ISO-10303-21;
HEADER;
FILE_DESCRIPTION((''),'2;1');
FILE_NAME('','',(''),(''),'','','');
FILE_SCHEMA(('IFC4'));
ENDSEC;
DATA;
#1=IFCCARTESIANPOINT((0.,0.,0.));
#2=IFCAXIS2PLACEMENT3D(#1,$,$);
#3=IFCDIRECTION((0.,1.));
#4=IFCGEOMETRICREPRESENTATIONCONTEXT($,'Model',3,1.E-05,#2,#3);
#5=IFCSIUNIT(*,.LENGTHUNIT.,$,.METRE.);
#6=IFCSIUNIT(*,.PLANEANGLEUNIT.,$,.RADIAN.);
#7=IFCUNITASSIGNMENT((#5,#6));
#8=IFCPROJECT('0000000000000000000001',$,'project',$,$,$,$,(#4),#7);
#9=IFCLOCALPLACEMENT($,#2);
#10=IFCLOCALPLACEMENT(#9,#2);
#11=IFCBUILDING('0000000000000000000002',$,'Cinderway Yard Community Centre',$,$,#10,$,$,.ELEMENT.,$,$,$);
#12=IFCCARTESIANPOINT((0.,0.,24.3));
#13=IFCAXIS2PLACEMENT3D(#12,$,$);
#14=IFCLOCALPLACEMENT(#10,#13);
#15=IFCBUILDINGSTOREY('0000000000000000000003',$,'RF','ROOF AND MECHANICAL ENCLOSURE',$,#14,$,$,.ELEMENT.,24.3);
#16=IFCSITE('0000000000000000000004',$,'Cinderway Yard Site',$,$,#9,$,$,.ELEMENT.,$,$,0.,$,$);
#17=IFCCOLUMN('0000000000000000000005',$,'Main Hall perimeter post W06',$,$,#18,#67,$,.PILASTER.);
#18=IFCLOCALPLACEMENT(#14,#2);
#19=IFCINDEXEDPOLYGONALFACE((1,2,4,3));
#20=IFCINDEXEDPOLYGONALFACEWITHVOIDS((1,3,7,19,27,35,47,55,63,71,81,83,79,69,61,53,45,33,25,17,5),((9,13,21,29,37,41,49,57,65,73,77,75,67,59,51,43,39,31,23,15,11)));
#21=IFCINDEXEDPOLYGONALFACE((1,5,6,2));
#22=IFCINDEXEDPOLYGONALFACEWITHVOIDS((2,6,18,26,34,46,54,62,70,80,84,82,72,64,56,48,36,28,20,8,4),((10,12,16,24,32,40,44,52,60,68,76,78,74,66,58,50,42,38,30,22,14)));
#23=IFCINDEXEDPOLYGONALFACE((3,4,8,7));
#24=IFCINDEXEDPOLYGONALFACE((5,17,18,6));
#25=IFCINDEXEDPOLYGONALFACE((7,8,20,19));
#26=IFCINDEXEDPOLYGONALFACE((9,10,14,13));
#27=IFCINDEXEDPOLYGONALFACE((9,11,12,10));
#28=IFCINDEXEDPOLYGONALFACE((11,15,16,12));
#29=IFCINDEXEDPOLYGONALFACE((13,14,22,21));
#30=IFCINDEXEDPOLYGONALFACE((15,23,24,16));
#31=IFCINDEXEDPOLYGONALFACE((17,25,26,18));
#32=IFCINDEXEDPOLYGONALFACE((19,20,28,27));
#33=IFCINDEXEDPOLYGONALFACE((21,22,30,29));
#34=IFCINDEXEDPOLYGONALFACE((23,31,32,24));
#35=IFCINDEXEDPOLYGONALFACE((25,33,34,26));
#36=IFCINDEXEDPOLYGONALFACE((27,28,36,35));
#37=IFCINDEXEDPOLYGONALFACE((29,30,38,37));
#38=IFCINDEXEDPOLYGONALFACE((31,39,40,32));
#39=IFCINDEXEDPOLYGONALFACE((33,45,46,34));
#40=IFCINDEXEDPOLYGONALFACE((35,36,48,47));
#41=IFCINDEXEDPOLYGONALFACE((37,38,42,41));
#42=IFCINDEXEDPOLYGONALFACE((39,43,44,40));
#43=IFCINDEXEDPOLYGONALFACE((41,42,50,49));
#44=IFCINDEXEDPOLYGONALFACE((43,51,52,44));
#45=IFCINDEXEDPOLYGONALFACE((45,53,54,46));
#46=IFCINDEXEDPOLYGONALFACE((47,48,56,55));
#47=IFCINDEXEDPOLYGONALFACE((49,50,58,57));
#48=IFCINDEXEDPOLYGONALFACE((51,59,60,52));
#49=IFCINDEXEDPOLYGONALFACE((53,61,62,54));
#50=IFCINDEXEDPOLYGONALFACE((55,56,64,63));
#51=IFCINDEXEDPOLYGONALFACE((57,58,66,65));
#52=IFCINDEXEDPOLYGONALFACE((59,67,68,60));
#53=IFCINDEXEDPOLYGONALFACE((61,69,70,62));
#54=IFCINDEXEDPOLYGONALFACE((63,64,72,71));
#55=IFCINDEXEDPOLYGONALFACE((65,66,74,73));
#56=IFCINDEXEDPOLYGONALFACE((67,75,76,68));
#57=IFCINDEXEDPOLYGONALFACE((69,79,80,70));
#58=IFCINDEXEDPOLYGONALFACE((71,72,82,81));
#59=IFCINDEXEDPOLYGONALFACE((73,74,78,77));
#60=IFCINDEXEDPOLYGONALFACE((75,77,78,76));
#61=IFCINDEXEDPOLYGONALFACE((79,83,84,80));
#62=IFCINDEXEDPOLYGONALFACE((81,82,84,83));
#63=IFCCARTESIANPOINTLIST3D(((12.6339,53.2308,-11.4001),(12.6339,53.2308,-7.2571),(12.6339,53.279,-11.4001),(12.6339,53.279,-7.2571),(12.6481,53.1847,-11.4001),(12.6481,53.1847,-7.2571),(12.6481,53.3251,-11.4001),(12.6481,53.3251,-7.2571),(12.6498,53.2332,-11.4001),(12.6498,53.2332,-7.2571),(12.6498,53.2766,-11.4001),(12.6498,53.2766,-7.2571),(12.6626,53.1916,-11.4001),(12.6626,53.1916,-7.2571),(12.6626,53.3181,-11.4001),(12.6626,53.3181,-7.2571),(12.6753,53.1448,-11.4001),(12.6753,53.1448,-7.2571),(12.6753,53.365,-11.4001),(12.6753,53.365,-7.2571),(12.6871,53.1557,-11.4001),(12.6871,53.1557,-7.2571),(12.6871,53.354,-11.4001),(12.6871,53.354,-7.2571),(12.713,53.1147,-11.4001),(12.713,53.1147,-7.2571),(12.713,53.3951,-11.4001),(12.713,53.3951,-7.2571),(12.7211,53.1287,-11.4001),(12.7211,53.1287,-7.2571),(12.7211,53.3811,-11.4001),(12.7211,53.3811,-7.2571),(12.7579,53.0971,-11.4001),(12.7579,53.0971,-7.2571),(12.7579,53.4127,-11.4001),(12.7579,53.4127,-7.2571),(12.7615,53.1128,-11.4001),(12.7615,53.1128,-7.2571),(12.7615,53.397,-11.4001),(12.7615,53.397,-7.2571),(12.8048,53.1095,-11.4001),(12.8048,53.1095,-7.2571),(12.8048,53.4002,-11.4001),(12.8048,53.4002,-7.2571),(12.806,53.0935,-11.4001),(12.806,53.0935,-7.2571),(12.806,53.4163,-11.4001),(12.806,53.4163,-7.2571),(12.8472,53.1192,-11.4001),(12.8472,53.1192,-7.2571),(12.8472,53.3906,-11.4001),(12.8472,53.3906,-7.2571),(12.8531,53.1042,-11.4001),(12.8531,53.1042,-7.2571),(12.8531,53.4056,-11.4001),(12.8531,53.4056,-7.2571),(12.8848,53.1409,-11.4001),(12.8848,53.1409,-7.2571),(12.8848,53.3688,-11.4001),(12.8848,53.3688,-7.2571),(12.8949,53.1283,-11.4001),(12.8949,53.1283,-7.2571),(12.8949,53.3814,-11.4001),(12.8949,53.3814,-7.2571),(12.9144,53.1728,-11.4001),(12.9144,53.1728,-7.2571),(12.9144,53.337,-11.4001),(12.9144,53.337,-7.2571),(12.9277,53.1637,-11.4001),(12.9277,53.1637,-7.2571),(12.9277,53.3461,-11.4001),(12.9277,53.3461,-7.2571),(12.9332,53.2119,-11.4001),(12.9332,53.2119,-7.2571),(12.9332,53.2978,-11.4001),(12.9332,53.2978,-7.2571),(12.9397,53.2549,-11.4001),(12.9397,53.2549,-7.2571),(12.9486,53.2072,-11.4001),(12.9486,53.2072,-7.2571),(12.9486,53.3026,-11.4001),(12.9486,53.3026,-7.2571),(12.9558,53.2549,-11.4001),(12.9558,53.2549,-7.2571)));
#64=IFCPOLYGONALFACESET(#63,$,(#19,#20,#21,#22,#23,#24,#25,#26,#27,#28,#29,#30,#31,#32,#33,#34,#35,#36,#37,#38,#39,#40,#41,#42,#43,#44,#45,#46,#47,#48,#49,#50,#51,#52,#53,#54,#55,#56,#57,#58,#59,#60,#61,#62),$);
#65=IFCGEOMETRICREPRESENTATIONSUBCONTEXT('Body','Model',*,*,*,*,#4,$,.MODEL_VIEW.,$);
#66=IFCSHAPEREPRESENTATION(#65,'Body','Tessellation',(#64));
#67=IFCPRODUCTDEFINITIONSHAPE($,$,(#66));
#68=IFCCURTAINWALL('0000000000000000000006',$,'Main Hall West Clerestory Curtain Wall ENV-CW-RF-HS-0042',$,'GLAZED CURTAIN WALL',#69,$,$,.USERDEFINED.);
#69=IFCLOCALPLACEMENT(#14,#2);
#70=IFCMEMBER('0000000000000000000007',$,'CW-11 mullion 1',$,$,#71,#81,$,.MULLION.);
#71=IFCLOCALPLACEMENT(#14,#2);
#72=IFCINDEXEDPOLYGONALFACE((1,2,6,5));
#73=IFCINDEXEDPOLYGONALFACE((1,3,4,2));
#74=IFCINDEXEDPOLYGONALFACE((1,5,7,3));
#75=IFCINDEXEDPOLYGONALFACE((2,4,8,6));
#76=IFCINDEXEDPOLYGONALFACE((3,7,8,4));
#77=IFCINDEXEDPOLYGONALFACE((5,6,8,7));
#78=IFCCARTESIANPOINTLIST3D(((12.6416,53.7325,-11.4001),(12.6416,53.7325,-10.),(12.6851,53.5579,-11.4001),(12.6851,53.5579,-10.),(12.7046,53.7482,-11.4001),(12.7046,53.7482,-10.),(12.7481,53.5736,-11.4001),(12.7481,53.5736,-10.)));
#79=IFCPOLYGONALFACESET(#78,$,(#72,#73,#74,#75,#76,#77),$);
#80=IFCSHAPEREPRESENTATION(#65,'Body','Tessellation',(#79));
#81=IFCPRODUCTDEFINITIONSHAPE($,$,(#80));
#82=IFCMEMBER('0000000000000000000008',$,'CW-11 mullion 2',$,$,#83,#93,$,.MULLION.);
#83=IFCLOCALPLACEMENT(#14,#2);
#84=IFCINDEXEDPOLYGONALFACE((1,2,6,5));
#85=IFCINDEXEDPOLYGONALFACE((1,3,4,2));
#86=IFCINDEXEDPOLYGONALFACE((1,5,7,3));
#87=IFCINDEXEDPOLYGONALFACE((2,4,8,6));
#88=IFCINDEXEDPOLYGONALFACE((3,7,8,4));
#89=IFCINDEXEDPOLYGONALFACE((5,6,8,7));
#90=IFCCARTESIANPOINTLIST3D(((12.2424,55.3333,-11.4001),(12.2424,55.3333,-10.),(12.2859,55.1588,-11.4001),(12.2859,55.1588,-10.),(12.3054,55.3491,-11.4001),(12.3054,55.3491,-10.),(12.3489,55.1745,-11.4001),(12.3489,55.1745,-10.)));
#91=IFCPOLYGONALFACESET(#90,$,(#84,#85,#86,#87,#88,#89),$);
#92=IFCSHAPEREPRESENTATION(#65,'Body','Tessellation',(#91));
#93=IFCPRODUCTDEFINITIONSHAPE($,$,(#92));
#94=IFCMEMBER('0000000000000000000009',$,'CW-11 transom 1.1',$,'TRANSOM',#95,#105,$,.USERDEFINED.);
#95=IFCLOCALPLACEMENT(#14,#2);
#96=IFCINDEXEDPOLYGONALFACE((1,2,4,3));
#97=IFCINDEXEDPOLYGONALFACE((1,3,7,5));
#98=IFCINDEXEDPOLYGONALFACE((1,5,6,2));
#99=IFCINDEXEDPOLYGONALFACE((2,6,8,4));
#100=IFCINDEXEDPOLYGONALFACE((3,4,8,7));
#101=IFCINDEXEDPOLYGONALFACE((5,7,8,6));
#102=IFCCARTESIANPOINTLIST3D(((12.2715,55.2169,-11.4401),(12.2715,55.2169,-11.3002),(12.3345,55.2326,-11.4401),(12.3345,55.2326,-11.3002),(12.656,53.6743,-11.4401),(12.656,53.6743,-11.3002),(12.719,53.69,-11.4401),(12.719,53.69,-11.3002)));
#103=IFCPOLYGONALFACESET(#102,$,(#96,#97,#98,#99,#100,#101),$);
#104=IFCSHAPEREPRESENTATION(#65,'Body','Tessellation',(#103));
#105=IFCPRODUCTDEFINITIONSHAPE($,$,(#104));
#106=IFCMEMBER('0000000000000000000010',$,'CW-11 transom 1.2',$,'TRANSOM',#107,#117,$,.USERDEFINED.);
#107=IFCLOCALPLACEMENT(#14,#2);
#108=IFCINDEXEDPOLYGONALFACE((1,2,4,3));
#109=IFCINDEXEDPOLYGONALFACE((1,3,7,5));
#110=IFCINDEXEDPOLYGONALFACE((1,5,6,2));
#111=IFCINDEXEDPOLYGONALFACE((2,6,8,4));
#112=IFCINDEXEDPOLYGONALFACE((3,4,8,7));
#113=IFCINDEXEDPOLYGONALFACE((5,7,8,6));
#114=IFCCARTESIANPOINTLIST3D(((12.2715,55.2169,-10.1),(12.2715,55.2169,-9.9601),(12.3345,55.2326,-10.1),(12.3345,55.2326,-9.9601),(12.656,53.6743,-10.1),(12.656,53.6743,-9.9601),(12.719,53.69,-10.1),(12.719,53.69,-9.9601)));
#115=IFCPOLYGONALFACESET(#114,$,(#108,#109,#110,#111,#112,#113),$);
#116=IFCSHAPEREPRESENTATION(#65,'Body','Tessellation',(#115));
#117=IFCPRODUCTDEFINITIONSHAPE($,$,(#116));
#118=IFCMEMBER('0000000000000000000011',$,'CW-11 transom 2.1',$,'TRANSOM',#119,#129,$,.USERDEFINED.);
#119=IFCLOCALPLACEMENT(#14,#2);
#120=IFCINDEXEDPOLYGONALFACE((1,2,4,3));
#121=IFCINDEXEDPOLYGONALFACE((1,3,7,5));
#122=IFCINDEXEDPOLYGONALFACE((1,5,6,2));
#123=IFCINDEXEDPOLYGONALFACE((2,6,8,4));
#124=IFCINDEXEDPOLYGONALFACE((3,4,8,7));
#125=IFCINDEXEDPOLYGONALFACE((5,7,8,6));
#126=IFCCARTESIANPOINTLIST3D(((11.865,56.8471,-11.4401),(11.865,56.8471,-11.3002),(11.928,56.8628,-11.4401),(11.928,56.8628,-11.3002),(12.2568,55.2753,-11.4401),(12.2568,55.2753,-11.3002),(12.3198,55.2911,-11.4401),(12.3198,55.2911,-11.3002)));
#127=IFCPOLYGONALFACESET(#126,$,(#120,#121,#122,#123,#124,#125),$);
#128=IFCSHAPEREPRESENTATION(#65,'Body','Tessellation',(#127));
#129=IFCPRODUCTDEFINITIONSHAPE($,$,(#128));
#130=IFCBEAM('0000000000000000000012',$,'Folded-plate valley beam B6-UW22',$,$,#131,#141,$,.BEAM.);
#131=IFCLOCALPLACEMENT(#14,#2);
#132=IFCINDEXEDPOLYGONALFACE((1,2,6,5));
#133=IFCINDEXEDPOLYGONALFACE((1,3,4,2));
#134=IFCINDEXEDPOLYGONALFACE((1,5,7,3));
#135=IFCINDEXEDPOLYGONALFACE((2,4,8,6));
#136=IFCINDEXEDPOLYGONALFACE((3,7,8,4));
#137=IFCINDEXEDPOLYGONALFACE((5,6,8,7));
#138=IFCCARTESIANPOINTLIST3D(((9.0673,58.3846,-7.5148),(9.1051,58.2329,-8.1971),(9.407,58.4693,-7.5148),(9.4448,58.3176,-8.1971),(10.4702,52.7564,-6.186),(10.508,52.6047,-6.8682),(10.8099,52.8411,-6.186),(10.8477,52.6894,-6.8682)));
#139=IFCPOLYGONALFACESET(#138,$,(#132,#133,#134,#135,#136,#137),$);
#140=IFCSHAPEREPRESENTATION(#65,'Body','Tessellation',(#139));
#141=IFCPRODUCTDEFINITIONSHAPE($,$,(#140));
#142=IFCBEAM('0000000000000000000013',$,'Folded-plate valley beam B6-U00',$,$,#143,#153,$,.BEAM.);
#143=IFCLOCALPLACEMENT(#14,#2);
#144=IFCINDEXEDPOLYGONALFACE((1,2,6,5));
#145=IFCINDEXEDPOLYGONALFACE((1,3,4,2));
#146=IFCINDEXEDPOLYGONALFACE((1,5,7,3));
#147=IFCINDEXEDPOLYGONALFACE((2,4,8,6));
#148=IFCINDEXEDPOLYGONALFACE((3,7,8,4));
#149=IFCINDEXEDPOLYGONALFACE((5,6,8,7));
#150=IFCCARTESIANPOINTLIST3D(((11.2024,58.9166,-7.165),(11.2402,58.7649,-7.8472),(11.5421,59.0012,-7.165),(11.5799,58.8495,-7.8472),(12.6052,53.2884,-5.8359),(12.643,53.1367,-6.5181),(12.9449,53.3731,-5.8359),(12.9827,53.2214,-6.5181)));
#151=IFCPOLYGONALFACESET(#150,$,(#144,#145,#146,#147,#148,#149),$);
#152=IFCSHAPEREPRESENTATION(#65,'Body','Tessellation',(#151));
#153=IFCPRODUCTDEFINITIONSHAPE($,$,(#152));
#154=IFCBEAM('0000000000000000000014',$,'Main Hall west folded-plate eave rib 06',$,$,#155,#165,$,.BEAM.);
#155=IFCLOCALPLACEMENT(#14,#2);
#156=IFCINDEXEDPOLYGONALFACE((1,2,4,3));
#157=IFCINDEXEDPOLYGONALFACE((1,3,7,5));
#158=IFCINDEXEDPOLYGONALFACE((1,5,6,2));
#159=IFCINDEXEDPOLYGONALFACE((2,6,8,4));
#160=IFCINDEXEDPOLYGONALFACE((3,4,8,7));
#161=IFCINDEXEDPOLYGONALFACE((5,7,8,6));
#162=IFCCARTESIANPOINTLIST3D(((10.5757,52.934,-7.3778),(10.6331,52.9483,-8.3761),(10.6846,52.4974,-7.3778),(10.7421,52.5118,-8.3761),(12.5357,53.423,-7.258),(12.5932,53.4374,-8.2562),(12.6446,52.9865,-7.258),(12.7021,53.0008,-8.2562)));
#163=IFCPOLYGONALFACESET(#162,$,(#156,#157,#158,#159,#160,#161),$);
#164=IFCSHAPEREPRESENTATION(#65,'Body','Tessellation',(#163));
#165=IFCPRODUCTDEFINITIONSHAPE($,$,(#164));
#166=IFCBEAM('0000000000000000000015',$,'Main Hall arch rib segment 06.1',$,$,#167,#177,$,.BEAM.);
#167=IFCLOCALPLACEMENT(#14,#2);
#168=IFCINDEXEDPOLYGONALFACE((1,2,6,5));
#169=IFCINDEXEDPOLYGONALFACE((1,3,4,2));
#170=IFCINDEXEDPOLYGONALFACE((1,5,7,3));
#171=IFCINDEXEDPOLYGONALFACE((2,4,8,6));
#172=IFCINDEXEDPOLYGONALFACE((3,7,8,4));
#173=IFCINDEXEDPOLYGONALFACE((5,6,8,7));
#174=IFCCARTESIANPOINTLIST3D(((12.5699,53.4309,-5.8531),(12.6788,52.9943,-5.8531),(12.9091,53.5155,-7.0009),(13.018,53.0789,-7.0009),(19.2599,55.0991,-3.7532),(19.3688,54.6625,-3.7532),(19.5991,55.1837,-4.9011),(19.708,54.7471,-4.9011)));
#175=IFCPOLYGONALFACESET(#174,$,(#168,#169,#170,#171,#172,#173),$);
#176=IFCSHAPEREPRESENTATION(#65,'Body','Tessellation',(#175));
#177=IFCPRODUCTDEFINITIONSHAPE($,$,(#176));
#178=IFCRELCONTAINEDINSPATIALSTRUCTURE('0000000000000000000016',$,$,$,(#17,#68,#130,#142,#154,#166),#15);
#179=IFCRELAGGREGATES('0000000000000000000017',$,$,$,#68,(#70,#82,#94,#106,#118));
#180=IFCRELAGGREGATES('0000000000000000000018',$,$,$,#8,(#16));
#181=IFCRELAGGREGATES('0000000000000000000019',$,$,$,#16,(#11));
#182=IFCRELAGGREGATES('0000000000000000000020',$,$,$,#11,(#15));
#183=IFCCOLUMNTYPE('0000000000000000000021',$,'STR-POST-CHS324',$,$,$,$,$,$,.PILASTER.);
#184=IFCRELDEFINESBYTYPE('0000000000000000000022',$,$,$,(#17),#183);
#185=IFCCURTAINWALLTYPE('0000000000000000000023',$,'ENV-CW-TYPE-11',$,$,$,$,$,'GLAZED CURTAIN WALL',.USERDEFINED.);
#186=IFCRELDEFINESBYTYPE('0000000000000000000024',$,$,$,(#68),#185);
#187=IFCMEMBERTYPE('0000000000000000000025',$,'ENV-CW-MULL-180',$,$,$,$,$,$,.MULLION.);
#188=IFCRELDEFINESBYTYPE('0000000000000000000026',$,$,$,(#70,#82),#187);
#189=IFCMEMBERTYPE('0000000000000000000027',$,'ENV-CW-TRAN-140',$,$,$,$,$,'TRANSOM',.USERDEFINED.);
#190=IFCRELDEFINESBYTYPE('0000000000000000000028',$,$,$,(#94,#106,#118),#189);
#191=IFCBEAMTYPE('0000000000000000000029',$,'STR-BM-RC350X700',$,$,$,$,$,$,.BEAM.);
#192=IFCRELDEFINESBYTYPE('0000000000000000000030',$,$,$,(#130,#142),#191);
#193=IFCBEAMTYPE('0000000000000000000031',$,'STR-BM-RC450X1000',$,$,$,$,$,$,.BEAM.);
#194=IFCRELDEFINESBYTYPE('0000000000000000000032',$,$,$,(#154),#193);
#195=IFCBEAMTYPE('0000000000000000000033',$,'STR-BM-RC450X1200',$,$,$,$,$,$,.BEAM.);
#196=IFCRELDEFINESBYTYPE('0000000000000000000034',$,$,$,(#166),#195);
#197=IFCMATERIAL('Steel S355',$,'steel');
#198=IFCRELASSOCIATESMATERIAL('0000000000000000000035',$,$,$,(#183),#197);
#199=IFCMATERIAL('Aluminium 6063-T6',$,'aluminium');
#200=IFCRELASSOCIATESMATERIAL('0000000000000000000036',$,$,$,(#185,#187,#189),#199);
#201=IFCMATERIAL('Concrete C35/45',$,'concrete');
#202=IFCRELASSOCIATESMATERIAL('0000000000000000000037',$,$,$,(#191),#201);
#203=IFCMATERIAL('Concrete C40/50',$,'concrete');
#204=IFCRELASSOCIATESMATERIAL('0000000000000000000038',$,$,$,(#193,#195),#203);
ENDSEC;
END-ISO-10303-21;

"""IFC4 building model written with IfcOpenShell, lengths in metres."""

from ifc_helpers import new_model, si_unit, direction, frame, origin, origin_2d, place, context, subcontext, project, spatial, rectangle, hollow_circle, extrude, material, material_profile, profile_set, type_object, element, aggregate, save


model = new_model("IFC4")

# Units and contexts
model_context = context("Model", 3, precision=1e-05, world=origin(), true_north=direction((0.0, 1.0)))
body_context = subcontext(model_context, "Body", "Model", "MODEL_VIEW")
ifc_project = project(units=[si_unit("LENGTHUNIT", "METRE"), si_unit("PLANEANGLEUNIT", "RADIAN")], contexts=[model_context])

# Site, building, storey
site_placement = place(None, origin())
site = spatial("IfcSite", under=ifc_project, at=site_placement, Name="Cinderway Yard Site", CompositionType="ELEMENT", RefElevation=0.0)
building_placement = place(site_placement, origin())
building = spatial("IfcBuilding", under=site, at=building_placement, Name="Cinderway Yard Community Centre", CompositionType="ELEMENT")
storey_placement = place(building_placement, frame((0.0, 0.0, 24.3)))
storey = spatial("IfcBuildingStorey", under=building, at=storey_placement, Name="RF", Description="ROOF AND MECHANICAL ENCLOSURE", CompositionType="ELEMENT", Elevation=24.3)

# Column
ifc_material_1 = material(Name="Steel S355", Category="steel")
ifc_material_profile_1 = material_profile(ifc_material_1, hollow_circle(Radius=0.1619, WallThickness=0.0161, at=origin_2d()), Name="Steel S355")
ifc_profile_set_1 = profile_set([ifc_material_profile_1], Name="Steel S355")
column_type = type_object("IfcColumnType", Name="STR-POST-CHS324", PredefinedType="PILASTER", material=ifc_profile_set_1)
column_placement = place(storey_placement, frame((12.7939, 53.2549, -11.4001), z_axis=(0.0, 0.0, 1.0), x_axis=(1.0, 0.0, 0.0)))
element("IfcColumn", 1, at=column_placement, inside=storey, type_object=column_type, Name="Main Hall perimeter post W06", PredefinedType="PILASTER", context=body_context, shape_type="SweptSolid", body=[
    extrude(hollow_circle(Radius=0.1619, WallThickness=0.0161, at=origin_2d()), origin(), (0.0, 0.0, 1.0), 4.1431),
])

# Curtain wall, members
ifc_material_2 = material(Name="Aluminium 6063-T6", Category="aluminium")
curtain_wall_type = type_object("IfcCurtainWallType", Name="ENV-CW-TYPE-11", ElementType="GLAZED CURTAIN WALL", PredefinedType="USERDEFINED", material=ifc_material_2)
curtain_wall_placement = place(storey_placement, origin())
curtain_wall = element("IfcCurtainWall", 2, at=curtain_wall_placement, inside=storey, type_object=curtain_wall_type, Name="Main Hall West Clerestory Curtain Wall ENV-CW-RF-HS-0042", ObjectType="GLAZED CURTAIN WALL", PredefinedType="USERDEFINED")
ifc_material_profile_2 = material_profile(ifc_material_2, rectangle(XDim=0.0649, YDim=0.1799, at=origin_2d()), Name="Aluminium 6063-T6")
ifc_profile_set_2 = profile_set([ifc_material_profile_2], Name="Aluminium 6063-T6")
member_type_1 = type_object("IfcMemberType", Name="ENV-CW-MULL-180", PredefinedType="MULLION", material=ifc_profile_set_2)
member_1_placement = place(storey_placement, frame((12.6948, 53.6531, -11.4001), z_axis=(0.0, 0.0, 1.0), x_axis=(-0.970306, -0.241882, 0.0)))
member_1 = element("IfcMember", 3, at=member_1_placement, type_object=member_type_1, Name="CW-11 mullion 1", PredefinedType="MULLION", context=body_context, shape_type="SweptSolid", body=[
    extrude(rectangle(XDim=0.0649, YDim=0.1799, at=origin_2d()), origin(), (0.0, 0.0, 1.0), 1.4001),
])
member_2_placement = place(storey_placement, frame((12.2957, 55.2539, -11.4001), z_axis=(0.0, 0.0, 1.0), x_axis=(-0.970306, -0.241882, 0.0)))
member_2 = element("IfcMember", 4, at=member_2_placement, type_object=member_type_1, Name="CW-11 mullion 2", PredefinedType="MULLION", context=body_context, shape_type="SweptSolid", body=[
    extrude(rectangle(XDim=0.0649, YDim=0.1799, at=origin_2d()), origin(), (0.0, 0.0, 1.0), 1.4001),
])
ifc_material_profile_3 = material_profile(ifc_material_2, rectangle(XDim=0.0649, YDim=0.1399, at=origin_2d()), Name="Aluminium 6063-T6")
ifc_profile_set_3 = profile_set([ifc_material_profile_3], Name="Aluminium 6063-T6")
member_type_2 = type_object("IfcMemberType", Name="ENV-CW-TRAN-140", ElementType="TRANSOM", PredefinedType="USERDEFINED", material=ifc_profile_set_3)
member_3_placement = place(storey_placement, frame((12.6875, 53.6821, -11.3701), z_axis=(-0.241849, 0.970314, 0.0), x_axis=(-0.970314, -0.241849, 0.0)))
member_3 = element("IfcMember", 5, at=member_3_placement, type_object=member_type_2, Name="CW-11 transom 1.1", ObjectType="TRANSOM", PredefinedType="USERDEFINED", context=body_context, shape_type="SweptSolid", body=[
    extrude(rectangle(XDim=0.0649, YDim=0.1399, at=origin_2d()), origin(), (0.0, 0.0, 1.0), 1.5898),
])
member_4_placement = place(storey_placement, frame((12.6875, 53.6821, -10.03), z_axis=(-0.241849, 0.970314, 0.0), x_axis=(-0.970314, -0.241849, 0.0)))
member_4 = element("IfcMember", 6, at=member_4_placement, type_object=member_type_2, Name="CW-11 transom 1.2", ObjectType="TRANSOM", PredefinedType="USERDEFINED", context=body_context, shape_type="SweptSolid", body=[
    extrude(rectangle(XDim=0.0649, YDim=0.1399, at=origin_2d()), origin(), (0.0, 0.0, 1.0), 1.5898),
])
member_5_placement = place(storey_placement, frame((12.2883, 55.2832, -11.3701), z_axis=(-0.241897, 0.970302, 0.0), x_axis=(-0.970302, -0.241897, 0.0)))
member_5 = element("IfcMember", 7, at=member_5_placement, type_object=member_type_2, Name="CW-11 transom 2.1", ObjectType="TRANSOM", PredefinedType="USERDEFINED", context=body_context, shape_type="SweptSolid", body=[
    extrude(rectangle(XDim=0.0649, YDim=0.1399, at=origin_2d()), origin(), (0.0, 0.0, 1.0), 1.6199),
])

# Beams
ifc_material_3 = material(Name="Concrete C35/45", Category="concrete")
ifc_material_profile_4 = material_profile(ifc_material_3, rectangle(XDim=0.3501, YDim=0.7, at=origin_2d()), Name="Concrete C35/45")
ifc_profile_set_4 = profile_set([ifc_material_profile_4], Name="Concrete C35/45")
beam_type_1 = type_object("IfcBeamType", Name="STR-BM-RC350X700", PredefinedType="BEAM", material=ifc_profile_set_4)
for number, where, z_axis, x_axis, name in (
    (8, (10.6589, 52.7229, -6.5271), (-0.235745, 0.94581, -0.223313), (-0.970313, -0.241852, 0.0), "Folded-plate valley beam B6-UW22"),
    (9, (12.7939, 53.2549, -6.177), (-0.235742, 0.945801, -0.223352), (-0.970313, -0.241852, 0.0), "Folded-plate valley beam B6-U00"),
):
    element("IfcBeam", number, at=place(storey_placement, frame(where, z_axis=z_axis, x_axis=x_axis)), inside=storey, type_object=beam_type_1, Name=name, PredefinedType="BEAM", context=body_context, shape_type="SweptSolid", body=[
        extrude(rectangle(XDim=0.3501, YDim=0.7, at=origin_2d()), origin(), (0.0, 0.0, 1.0), 5.9507),
    ])
ifc_material_4 = material(Name="Concrete C40/50", Category="concrete")
ifc_material_profile_5 = material_profile(ifc_material_4, rectangle(XDim=0.45, YDim=1.0, at=origin_2d()), Name="Concrete C40/50")
ifc_profile_set_5 = profile_set([ifc_material_profile_5], Name="Concrete C40/50")
beam_type_2 = type_object("IfcBeamType", Name="STR-BM-RC450X1000", PredefinedType="BEAM", material=ifc_profile_set_5)
beam_1_placement = place(storey_placement, frame((12.6189, 53.2119, -7.7571), z_axis=(-0.968552, -0.241655, -0.059238), x_axis=(0.242081, -0.970256, 0.0)))
element("IfcBeam", 10, at=beam_1_placement, inside=storey, type_object=beam_type_2, Name="Main Hall west folded-plate eave rib 06", PredefinedType="BEAM", context=body_context, shape_type="SweptSolid", body=[
    extrude(rectangle(XDim=0.45, YDim=1.0, at=origin_2d()), origin(), (0.0, 0.0, 1.0), 2.0237),
])
ifc_material_profile_6 = material_profile(ifc_material_4, rectangle(XDim=0.45, YDim=1.2, at=origin_2d()), Name="Concrete C40/50")
ifc_profile_set_6 = profile_set([ifc_material_profile_6], Name="Concrete C40/50")
beam_type_3 = type_object("IfcBeamType", Name="STR-BM-RC450X1200", PredefinedType="BEAM", material=ifc_profile_set_6)
beam_2_placement = place(storey_placement, frame((12.7939, 53.2549, -6.427), z_axis=(0.928195, 0.231456, 0.291344), x_axis=(-0.241952, 0.970288, 0.0)))
element("IfcBeam", 11, at=beam_2_placement, inside=storey, type_object=beam_type_3, Name="Main Hall arch rib segment 06.1", PredefinedType="BEAM", context=body_context, shape_type="SweptSolid", body=[
    extrude(rectangle(XDim=0.45, YDim=1.2, at=origin_2d()), origin(), (0.0, 0.0, 1.0), 7.2075),
])

aggregate(curtain_wall, [member_1, member_2, member_3, member_4, member_5])

save(model, "model.ifc")
